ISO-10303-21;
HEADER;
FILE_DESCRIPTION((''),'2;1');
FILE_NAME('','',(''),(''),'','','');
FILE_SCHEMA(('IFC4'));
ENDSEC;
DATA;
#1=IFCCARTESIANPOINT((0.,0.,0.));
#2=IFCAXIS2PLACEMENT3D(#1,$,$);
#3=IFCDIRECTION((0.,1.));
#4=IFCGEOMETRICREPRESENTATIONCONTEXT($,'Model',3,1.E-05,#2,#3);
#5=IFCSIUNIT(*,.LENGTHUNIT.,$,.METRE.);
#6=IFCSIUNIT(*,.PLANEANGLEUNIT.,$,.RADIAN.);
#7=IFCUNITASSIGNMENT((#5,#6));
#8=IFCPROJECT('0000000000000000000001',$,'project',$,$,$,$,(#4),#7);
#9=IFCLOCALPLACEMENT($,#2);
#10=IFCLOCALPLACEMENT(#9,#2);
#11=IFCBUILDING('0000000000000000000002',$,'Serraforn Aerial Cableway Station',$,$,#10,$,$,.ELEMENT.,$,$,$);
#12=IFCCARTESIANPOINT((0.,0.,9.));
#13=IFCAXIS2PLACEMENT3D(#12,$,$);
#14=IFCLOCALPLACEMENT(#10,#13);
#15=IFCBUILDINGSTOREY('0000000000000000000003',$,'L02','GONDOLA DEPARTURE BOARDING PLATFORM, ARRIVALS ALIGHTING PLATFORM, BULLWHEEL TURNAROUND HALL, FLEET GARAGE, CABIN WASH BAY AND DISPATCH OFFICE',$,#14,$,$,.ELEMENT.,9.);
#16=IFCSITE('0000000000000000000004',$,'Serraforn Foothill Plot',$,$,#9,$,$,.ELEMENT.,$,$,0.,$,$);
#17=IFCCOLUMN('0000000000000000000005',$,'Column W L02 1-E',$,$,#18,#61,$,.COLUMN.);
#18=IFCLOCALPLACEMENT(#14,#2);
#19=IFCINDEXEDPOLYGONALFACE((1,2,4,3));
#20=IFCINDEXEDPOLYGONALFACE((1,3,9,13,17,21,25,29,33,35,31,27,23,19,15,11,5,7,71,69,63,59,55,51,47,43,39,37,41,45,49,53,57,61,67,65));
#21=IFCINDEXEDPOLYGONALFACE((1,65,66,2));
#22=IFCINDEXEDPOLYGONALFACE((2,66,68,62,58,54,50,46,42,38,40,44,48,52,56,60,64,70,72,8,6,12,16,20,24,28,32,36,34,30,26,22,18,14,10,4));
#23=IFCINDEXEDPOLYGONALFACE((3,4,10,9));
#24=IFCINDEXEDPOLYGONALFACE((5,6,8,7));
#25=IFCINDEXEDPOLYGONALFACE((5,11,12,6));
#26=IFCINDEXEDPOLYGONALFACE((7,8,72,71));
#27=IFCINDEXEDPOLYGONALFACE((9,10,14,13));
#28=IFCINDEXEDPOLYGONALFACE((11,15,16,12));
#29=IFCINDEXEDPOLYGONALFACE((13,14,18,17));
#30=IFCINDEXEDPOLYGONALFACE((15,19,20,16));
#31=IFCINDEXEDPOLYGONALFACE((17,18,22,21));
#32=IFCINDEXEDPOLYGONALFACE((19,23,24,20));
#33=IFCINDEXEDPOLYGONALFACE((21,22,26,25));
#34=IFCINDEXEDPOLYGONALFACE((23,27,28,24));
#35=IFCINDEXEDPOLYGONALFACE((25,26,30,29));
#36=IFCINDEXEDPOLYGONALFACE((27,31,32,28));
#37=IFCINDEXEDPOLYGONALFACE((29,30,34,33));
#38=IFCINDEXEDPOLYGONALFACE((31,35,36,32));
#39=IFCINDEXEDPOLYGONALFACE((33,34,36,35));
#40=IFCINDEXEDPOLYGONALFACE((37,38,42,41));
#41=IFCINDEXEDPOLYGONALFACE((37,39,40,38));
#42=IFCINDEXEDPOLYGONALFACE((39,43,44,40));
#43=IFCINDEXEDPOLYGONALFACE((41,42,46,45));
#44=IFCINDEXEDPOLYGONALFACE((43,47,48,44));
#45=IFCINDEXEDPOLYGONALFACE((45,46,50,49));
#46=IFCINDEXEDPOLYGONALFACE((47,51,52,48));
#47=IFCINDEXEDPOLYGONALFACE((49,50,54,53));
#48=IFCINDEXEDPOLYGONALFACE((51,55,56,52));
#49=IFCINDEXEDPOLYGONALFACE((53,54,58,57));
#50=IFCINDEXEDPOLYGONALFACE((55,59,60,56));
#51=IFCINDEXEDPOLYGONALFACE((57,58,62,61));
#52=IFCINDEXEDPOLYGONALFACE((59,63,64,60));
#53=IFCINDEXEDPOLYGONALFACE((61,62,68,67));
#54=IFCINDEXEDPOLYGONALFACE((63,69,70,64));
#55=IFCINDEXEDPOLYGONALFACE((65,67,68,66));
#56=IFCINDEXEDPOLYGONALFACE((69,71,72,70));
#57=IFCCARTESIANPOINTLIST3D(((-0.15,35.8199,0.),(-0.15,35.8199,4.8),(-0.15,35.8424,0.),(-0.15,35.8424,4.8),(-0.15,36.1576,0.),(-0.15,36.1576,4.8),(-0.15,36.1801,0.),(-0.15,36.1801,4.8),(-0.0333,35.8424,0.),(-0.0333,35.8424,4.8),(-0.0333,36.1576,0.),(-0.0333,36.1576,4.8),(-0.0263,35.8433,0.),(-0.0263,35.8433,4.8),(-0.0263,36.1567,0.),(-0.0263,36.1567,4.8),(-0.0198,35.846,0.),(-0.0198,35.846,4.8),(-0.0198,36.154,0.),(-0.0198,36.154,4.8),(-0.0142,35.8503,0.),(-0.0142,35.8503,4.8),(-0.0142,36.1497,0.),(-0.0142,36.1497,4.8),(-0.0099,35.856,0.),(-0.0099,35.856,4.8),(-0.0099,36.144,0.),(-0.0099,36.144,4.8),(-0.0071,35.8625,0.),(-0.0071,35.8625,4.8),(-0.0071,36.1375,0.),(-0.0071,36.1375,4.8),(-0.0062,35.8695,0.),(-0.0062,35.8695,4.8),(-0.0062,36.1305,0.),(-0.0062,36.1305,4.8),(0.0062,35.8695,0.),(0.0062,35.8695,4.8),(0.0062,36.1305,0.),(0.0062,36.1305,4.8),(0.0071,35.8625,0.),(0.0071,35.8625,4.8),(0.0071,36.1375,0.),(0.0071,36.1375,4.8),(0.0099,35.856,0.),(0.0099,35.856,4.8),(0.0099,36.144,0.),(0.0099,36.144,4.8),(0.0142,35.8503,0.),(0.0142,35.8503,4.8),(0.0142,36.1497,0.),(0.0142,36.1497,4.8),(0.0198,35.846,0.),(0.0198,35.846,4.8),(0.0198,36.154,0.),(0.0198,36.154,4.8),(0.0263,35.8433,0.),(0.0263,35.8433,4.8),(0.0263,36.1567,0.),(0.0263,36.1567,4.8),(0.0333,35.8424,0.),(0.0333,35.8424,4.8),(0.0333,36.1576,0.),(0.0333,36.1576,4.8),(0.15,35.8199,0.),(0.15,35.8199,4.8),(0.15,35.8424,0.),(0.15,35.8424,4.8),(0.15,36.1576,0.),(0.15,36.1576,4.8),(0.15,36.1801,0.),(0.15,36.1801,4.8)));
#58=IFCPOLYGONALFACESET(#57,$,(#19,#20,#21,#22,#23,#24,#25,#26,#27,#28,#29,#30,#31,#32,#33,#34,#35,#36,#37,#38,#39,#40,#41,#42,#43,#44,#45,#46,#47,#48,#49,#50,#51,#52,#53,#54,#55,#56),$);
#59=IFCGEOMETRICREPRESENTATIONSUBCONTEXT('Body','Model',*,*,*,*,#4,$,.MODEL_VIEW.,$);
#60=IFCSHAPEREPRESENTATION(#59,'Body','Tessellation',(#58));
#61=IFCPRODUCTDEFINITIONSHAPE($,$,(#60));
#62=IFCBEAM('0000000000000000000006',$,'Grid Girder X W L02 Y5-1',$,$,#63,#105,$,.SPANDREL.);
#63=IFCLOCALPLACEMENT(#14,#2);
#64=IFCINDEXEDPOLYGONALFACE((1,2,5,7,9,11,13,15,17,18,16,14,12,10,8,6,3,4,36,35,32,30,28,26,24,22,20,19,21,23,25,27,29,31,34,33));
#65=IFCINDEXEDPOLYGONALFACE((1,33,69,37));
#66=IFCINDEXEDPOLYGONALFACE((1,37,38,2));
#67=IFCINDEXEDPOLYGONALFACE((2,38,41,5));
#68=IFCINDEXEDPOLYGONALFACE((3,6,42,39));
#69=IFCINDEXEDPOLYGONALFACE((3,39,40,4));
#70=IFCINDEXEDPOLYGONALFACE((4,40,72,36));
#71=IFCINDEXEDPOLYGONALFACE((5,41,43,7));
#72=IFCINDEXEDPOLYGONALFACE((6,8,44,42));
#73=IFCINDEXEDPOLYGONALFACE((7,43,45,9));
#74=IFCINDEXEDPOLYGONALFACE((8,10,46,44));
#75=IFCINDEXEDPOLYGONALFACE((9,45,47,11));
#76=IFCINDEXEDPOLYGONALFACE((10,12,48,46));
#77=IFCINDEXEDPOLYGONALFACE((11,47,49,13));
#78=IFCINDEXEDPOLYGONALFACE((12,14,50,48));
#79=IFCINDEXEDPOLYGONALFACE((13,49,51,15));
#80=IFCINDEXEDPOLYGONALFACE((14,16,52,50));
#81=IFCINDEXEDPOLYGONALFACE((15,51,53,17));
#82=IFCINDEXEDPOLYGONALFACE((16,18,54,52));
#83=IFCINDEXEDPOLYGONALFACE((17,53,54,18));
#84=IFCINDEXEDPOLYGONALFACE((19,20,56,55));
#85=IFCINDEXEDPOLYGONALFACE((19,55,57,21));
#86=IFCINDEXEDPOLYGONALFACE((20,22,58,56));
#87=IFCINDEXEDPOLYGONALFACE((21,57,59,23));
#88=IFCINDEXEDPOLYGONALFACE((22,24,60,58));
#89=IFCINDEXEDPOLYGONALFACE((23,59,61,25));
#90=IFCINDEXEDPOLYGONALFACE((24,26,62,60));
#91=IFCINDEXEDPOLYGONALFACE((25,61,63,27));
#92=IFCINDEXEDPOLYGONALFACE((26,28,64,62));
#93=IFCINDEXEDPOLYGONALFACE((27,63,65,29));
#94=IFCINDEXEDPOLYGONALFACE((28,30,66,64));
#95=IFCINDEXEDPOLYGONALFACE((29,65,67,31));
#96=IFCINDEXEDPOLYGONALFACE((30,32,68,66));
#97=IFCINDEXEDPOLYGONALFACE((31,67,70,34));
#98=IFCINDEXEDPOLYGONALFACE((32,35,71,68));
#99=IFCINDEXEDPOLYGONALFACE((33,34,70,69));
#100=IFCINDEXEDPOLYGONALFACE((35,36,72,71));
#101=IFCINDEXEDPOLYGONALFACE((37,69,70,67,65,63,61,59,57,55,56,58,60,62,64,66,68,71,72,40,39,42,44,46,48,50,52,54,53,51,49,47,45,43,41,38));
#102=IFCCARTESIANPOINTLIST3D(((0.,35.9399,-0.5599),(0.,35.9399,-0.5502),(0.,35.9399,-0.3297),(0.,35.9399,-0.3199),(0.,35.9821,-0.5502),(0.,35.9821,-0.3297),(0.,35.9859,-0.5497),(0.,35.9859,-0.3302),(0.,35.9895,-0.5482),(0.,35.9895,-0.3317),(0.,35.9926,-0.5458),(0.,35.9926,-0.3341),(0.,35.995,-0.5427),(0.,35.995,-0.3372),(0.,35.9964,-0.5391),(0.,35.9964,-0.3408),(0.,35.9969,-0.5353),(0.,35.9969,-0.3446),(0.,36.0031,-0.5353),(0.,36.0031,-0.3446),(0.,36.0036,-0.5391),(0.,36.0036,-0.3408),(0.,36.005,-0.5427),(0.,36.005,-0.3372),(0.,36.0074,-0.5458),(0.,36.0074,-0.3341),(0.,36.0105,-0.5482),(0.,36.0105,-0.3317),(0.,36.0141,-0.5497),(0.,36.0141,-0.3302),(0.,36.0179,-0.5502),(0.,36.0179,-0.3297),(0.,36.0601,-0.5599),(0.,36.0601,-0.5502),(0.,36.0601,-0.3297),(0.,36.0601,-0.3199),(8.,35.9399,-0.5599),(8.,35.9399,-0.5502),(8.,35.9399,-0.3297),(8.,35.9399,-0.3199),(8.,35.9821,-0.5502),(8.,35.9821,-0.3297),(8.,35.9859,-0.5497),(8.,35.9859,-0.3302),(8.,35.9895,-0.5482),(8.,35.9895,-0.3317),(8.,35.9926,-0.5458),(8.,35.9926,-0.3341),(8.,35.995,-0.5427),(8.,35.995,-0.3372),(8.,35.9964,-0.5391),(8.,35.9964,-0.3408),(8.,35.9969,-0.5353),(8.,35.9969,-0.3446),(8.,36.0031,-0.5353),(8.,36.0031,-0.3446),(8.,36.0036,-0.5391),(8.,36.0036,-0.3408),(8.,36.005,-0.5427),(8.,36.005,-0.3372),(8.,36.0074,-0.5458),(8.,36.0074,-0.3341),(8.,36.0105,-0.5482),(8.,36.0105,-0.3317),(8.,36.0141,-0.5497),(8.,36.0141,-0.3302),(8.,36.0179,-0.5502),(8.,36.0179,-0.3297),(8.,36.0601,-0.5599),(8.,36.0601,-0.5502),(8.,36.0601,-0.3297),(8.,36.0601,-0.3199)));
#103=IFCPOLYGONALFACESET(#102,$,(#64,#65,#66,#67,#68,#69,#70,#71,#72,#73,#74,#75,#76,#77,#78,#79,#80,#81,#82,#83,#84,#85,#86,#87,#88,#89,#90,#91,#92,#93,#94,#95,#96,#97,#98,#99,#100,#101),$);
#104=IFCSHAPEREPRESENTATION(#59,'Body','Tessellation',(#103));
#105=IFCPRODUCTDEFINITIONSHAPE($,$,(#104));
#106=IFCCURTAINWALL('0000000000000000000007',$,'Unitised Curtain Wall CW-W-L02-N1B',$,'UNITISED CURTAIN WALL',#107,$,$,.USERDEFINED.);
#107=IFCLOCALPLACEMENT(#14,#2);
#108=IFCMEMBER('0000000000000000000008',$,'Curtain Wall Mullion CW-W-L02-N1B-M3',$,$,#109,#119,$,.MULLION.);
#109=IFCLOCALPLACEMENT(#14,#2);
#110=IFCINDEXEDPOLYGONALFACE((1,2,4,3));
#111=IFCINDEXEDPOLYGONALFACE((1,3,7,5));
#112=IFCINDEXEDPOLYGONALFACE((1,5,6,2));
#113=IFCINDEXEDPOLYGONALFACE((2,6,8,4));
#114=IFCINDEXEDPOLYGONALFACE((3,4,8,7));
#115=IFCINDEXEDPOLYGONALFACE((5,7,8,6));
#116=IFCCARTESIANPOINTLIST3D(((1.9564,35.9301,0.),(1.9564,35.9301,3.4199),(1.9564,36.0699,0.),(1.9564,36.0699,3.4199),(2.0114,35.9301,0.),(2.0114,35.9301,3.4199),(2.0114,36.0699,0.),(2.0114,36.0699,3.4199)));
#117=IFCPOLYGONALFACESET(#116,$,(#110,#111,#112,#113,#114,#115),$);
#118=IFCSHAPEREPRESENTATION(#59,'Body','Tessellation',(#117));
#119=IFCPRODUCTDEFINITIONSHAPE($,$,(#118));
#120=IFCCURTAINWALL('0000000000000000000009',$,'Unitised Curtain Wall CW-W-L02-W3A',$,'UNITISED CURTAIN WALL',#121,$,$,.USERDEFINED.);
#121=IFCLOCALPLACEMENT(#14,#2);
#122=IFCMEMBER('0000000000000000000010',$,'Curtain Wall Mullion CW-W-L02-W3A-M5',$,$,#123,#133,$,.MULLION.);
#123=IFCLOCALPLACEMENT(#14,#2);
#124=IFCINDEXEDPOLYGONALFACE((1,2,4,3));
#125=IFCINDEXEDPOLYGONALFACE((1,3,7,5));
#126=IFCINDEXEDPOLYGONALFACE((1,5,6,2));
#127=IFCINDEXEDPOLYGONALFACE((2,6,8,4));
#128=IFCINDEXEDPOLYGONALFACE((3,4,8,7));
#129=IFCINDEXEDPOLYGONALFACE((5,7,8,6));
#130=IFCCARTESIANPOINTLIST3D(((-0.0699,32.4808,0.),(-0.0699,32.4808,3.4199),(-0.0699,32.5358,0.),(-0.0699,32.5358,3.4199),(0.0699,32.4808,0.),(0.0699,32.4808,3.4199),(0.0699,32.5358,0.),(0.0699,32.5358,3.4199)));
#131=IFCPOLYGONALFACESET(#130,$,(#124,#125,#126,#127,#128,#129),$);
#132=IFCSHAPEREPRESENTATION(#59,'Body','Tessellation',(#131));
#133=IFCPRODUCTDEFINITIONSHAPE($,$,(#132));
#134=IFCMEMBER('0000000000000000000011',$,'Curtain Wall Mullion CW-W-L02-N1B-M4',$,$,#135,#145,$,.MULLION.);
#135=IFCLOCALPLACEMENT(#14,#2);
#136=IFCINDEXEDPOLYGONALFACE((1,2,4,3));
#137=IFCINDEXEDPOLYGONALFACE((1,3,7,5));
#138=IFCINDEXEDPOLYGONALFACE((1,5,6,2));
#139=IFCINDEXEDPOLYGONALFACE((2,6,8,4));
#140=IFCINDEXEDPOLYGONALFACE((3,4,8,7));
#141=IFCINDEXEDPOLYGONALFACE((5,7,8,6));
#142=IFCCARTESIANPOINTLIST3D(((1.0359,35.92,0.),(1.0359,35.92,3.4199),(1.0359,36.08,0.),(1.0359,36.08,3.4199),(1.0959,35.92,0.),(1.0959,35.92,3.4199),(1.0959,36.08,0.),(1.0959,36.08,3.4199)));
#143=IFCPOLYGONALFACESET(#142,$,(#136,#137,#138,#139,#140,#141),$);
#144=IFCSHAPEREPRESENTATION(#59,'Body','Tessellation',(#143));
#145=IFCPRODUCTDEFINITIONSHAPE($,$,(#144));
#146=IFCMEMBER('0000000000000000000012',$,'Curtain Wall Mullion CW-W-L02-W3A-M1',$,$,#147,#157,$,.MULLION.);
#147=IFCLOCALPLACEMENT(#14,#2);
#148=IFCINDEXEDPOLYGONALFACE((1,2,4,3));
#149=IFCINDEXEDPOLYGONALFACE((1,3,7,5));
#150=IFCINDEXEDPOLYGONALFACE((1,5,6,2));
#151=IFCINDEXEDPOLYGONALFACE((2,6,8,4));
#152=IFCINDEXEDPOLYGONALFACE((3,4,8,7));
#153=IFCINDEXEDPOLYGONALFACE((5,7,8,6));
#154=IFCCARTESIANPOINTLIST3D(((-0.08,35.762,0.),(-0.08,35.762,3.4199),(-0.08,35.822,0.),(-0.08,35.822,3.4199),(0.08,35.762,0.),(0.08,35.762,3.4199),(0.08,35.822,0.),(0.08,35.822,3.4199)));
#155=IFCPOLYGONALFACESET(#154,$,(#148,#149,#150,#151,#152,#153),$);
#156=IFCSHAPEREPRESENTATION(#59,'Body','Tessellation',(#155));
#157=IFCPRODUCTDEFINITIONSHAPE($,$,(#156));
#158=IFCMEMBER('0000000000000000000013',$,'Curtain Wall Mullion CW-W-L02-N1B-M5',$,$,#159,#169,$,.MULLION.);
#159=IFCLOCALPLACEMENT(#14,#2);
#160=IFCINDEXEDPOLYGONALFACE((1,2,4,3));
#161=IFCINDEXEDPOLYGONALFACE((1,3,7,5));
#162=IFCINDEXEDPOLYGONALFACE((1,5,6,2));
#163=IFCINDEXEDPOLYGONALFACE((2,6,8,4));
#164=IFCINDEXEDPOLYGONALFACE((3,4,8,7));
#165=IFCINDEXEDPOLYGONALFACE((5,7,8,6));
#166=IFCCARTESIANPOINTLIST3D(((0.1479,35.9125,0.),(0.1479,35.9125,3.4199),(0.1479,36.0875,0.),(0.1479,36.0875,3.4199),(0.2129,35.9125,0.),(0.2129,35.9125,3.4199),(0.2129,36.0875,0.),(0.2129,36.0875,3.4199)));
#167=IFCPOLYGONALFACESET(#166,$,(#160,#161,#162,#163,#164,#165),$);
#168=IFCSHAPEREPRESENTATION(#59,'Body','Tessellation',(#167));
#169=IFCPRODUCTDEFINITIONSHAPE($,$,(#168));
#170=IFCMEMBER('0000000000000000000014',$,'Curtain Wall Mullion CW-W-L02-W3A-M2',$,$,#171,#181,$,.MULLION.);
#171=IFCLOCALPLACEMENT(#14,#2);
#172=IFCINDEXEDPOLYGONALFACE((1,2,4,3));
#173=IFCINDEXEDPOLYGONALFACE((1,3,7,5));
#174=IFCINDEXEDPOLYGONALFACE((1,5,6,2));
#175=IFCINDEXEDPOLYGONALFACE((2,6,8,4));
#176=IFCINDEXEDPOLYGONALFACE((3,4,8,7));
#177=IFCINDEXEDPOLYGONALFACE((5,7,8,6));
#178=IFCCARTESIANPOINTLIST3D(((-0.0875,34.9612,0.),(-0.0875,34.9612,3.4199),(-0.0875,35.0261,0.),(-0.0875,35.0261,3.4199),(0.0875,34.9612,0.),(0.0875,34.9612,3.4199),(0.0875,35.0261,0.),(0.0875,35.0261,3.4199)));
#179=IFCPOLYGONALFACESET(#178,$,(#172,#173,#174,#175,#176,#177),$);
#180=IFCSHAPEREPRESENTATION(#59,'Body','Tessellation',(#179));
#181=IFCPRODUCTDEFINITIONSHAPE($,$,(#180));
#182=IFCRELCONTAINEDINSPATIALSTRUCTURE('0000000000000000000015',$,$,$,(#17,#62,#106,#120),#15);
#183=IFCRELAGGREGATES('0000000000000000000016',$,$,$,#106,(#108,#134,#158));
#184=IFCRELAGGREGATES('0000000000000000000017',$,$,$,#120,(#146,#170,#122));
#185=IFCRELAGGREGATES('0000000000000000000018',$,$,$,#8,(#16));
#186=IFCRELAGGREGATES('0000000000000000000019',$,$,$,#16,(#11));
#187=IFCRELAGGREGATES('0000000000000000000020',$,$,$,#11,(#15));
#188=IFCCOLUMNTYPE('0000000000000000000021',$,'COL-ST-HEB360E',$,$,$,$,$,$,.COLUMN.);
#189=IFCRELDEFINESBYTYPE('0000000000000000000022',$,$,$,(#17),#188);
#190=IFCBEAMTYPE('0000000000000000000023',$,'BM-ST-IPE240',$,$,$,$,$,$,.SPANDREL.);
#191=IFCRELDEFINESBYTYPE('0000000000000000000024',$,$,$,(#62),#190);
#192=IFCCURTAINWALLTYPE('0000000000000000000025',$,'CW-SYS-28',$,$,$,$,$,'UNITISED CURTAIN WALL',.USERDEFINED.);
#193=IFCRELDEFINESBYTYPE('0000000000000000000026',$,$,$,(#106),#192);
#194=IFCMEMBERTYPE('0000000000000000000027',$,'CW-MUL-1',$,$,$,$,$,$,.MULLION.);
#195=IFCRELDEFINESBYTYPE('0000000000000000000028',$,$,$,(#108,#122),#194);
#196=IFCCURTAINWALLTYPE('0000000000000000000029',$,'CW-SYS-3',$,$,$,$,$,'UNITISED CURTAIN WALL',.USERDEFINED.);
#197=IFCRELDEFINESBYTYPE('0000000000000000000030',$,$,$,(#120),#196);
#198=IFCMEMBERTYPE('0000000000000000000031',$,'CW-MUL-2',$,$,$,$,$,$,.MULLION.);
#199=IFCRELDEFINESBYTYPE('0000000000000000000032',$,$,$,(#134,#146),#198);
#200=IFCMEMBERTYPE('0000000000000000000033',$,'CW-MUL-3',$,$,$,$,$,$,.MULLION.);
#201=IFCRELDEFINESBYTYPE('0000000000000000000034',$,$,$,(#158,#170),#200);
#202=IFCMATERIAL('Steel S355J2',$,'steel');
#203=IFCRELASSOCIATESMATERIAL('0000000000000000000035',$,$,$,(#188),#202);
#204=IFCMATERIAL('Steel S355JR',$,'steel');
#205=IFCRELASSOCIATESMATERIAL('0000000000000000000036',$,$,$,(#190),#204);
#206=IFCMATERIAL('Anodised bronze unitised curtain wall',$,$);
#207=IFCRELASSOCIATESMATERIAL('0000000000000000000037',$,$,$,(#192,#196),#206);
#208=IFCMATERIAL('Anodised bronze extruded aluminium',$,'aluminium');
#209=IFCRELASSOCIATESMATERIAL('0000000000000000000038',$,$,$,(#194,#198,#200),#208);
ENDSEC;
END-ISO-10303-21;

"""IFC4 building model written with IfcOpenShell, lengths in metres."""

from ifc_helpers import new_model, si_unit, direction, frame, origin, origin_2d, place, context, subcontext, project, spatial, rectangle, i_section, extrude, material, material_profile, profile_set, type_object, element, aggregate, save


model = new_model("IFC4")

# Units and contexts
model_context = context("Model", 3, precision=1e-05, world=origin(), true_north=direction((0.0, 1.0)))
body_context = subcontext(model_context, "Body", "Model", "MODEL_VIEW")
ifc_project = project(units=[si_unit("LENGTHUNIT", "METRE"), si_unit("PLANEANGLEUNIT", "RADIAN")], contexts=[model_context])

# Site, building, storey
site_placement = place(None, origin())
site = spatial("IfcSite", under=ifc_project, at=site_placement, Name="Serraforn Foothill Plot", CompositionType="ELEMENT", RefElevation=0.0)
building_placement = place(site_placement, origin())
building = spatial("IfcBuilding", under=site, at=building_placement, Name="Serraforn Aerial Cableway Station", CompositionType="ELEMENT")
storey_placement = place(building_placement, frame((0.0, 0.0, 9.0)))
storey = spatial("IfcBuildingStorey", under=building, at=storey_placement, Name="L02", Description="GONDOLA DEPARTURE BOARDING PLATFORM, ARRIVALS ALIGHTING PLATFORM, BULLWHEEL TURNAROUND HALL, FLEET GARAGE, CABIN WASH BAY AND DISPATCH OFFICE", CompositionType="ELEMENT", Elevation=9.0)

# Column
ifc_material_1 = material(Name="Steel S355J2", Category="steel")
ifc_material_profile_1 = material_profile(ifc_material_1, i_section(OverallWidth=0.3, OverallDepth=0.3601, WebThickness=0.0125, FlangeThickness=0.0225, FilletRadius=0.0271, at=origin_2d()), Name="HEB 360")
ifc_profile_set_1 = profile_set([ifc_material_profile_1], Name="Steel S355J2")
column_type = type_object("IfcColumnType", Name="COL-ST-HEB360E", PredefinedType="COLUMN", material=ifc_profile_set_1)
column_placement = place(storey_placement, frame((0.0, 36.0, 0.0), z_axis=(0.0, 0.0, 1.0), x_axis=(1.0, 0.0, 0.0)))
element("IfcColumn", 1, at=column_placement, inside=storey, type_object=column_type, Name="Column W L02 1-E", PredefinedType="COLUMN", context=body_context, shape_type="SweptSolid", body=[
    extrude(i_section(OverallWidth=0.3, OverallDepth=0.3601, WebThickness=0.0125, FlangeThickness=0.0225, FilletRadius=0.0271, at=origin_2d()), origin(), (0.0, 0.0, 1.0), 4.8),
])

# Beam
ifc_material_2 = material(Name="Steel S355JR", Category="steel")
ifc_material_profile_2 = material_profile(ifc_material_2, i_section(OverallWidth=0.1201, OverallDepth=0.24, WebThickness=0.0061, FlangeThickness=0.0098, FilletRadius=0.0149, at=origin_2d()), Name="IPE 240")
ifc_profile_set_2 = profile_set([ifc_material_profile_2], Name="Steel S355JR")
beam_type = type_object("IfcBeamType", Name="BM-ST-IPE240", PredefinedType="SPANDREL", material=ifc_profile_set_2)
beam_placement = place(storey_placement, frame((0.0, 36.0, -0.4399), z_axis=(1.0, 0.0, 0.0), x_axis=(0.0, 1.0, 0.0)))
element("IfcBeam", 2, at=beam_placement, inside=storey, type_object=beam_type, Name="Grid Girder X W L02 Y5-1", PredefinedType="SPANDREL", context=body_context, shape_type="SweptSolid", body=[
    extrude(i_section(OverallWidth=0.1201, OverallDepth=0.24, WebThickness=0.0061, FlangeThickness=0.0098, FilletRadius=0.0149, at=origin_2d()), origin(), (0.0, 0.0, 1.0), 8.0),
])

# Curtain walls, members
ifc_material_3 = material(Name="Anodised bronze unitised curtain wall")
curtain_wall_type_1 = type_object("IfcCurtainWallType", Name="CW-SYS-28", ElementType="UNITISED CURTAIN WALL", PredefinedType="USERDEFINED", material=ifc_material_3)
curtain_wall_1_placement = place(storey_placement, origin())
curtain_wall_1 = element("IfcCurtainWall", 3, at=curtain_wall_1_placement, inside=storey, type_object=curtain_wall_type_1, Name="Unitised Curtain Wall CW-W-L02-N1B", ObjectType="UNITISED CURTAIN WALL", PredefinedType="USERDEFINED")
ifc_material_4 = material(Name="Anodised bronze extruded aluminium", Category="aluminium")
ifc_material_profile_3 = material_profile(ifc_material_4, rectangle(XDim=0.0549, YDim=0.1399, at=origin_2d()), Name="CW MULLION 55x140")
ifc_profile_set_3 = profile_set([ifc_material_profile_3], Name="Anodised bronze extruded aluminium")
member_type_1 = type_object("IfcMemberType", Name="CW-MUL-1", PredefinedType="MULLION", material=ifc_profile_set_3)
member_1_placement = place(storey_placement, frame((1.9839, 36.0, 0.0), z_axis=(0.0, 0.0, 1.0), x_axis=(-1.0, 0.0, 0.0)))
member_1 = element("IfcMember", 4, at=member_1_placement, type_object=member_type_1, Name="Curtain Wall Mullion CW-W-L02-N1B-M3", PredefinedType="MULLION", context=body_context, shape_type="SweptSolid", body=[
    extrude(rectangle(XDim=0.0549, YDim=0.1399, at=origin_2d()), origin(), (0.0, 0.0, 1.0), 3.4199),
])
curtain_wall_type_2 = type_object("IfcCurtainWallType", Name="CW-SYS-3", ElementType="UNITISED CURTAIN WALL", PredefinedType="USERDEFINED", material=ifc_material_3)
curtain_wall_2_placement = place(storey_placement, origin())
curtain_wall_2 = element("IfcCurtainWall", 5, at=curtain_wall_2_placement, inside=storey, type_object=curtain_wall_type_2, Name="Unitised Curtain Wall CW-W-L02-W3A", ObjectType="UNITISED CURTAIN WALL", PredefinedType="USERDEFINED")
member_2_placement = place(storey_placement, frame((0.0, 32.5083, 0.0), z_axis=(0.0, 0.0, 1.0), x_axis=(0.0, -1.0, 0.0)))
member_2 = element("IfcMember", 6, at=member_2_placement, type_object=member_type_1, Name="Curtain Wall Mullion CW-W-L02-W3A-M5", PredefinedType="MULLION", context=body_context, shape_type="SweptSolid", body=[
    extrude(rectangle(XDim=0.0549, YDim=0.1399, at=origin_2d()), origin(), (0.0, 0.0, 1.0), 3.4199),
])

# Members
ifc_material_profile_4 = material_profile(ifc_material_4, rectangle(XDim=0.0601, YDim=0.1599, at=origin_2d()), Name="CW MULLION 60x160")
ifc_profile_set_4 = profile_set([ifc_material_profile_4], Name="Anodised bronze extruded aluminium")
member_type_2 = type_object("IfcMemberType", Name="CW-MUL-2", PredefinedType="MULLION", material=ifc_profile_set_4)
member_3_placement = place(storey_placement, frame((1.0659, 36.0, 0.0), z_axis=(0.0, 0.0, 1.0), x_axis=(-1.0, 0.0, 0.0)))
member_3 = element("IfcMember", 7, at=member_3_placement, type_object=member_type_2, Name="Curtain Wall Mullion CW-W-L02-N1B-M4", PredefinedType="MULLION", context=body_context, shape_type="SweptSolid", body=[
    extrude(rectangle(XDim=0.0601, YDim=0.1599, at=origin_2d()), origin(), (0.0, 0.0, 1.0), 3.4199),
])
member_4_placement = place(storey_placement, frame((0.0, 35.792, 0.0), z_axis=(0.0, 0.0, 1.0), x_axis=(0.0, -1.0, 0.0)))
member_4 = element("IfcMember", 8, at=member_4_placement, type_object=member_type_2, Name="Curtain Wall Mullion CW-W-L02-W3A-M1", PredefinedType="MULLION", context=body_context, shape_type="SweptSolid", body=[
    extrude(rectangle(XDim=0.0601, YDim=0.1599, at=origin_2d()), origin(), (0.0, 0.0, 1.0), 3.4199),
])
ifc_material_profile_5 = material_profile(ifc_material_4, rectangle(XDim=0.0649, YDim=0.175, at=origin_2d()), Name="CW MULLION 65x175")
ifc_profile_set_5 = profile_set([ifc_material_profile_5], Name="Anodised bronze extruded aluminium")
member_type_3 = type_object("IfcMemberType", Name="CW-MUL-3", PredefinedType="MULLION", material=ifc_profile_set_5)
member_5_placement = place(storey_placement, frame((0.1804, 36.0, 0.0), z_axis=(0.0, 0.0, 1.0), x_axis=(-1.0, 0.0, 0.0)))
member_5 = element("IfcMember", 9, at=member_5_placement, type_object=member_type_3, Name="Curtain Wall Mullion CW-W-L02-N1B-M5", PredefinedType="MULLION", context=body_context, shape_type="SweptSolid", body=[
    extrude(rectangle(XDim=0.0649, YDim=0.175, at=origin_2d()), origin(), (0.0, 0.0, 1.0), 3.4199),
])
member_6_placement = place(storey_placement, frame((0.0, 34.9937, 0.0), z_axis=(0.0, 0.0, 1.0), x_axis=(0.0, -1.0, 0.0)))
member_6 = element("IfcMember", 10, at=member_6_placement, type_object=member_type_3, Name="Curtain Wall Mullion CW-W-L02-W3A-M2", PredefinedType="MULLION", context=body_context, shape_type="SweptSolid", body=[
    extrude(rectangle(XDim=0.0649, YDim=0.175, at=origin_2d()), origin(), (0.0, 0.0, 1.0), 3.4199),
])

aggregate(curtain_wall_1, [member_1, member_3, member_5])
aggregate(curtain_wall_2, [member_4, member_6, member_2])

save(model, "model.ifc")
